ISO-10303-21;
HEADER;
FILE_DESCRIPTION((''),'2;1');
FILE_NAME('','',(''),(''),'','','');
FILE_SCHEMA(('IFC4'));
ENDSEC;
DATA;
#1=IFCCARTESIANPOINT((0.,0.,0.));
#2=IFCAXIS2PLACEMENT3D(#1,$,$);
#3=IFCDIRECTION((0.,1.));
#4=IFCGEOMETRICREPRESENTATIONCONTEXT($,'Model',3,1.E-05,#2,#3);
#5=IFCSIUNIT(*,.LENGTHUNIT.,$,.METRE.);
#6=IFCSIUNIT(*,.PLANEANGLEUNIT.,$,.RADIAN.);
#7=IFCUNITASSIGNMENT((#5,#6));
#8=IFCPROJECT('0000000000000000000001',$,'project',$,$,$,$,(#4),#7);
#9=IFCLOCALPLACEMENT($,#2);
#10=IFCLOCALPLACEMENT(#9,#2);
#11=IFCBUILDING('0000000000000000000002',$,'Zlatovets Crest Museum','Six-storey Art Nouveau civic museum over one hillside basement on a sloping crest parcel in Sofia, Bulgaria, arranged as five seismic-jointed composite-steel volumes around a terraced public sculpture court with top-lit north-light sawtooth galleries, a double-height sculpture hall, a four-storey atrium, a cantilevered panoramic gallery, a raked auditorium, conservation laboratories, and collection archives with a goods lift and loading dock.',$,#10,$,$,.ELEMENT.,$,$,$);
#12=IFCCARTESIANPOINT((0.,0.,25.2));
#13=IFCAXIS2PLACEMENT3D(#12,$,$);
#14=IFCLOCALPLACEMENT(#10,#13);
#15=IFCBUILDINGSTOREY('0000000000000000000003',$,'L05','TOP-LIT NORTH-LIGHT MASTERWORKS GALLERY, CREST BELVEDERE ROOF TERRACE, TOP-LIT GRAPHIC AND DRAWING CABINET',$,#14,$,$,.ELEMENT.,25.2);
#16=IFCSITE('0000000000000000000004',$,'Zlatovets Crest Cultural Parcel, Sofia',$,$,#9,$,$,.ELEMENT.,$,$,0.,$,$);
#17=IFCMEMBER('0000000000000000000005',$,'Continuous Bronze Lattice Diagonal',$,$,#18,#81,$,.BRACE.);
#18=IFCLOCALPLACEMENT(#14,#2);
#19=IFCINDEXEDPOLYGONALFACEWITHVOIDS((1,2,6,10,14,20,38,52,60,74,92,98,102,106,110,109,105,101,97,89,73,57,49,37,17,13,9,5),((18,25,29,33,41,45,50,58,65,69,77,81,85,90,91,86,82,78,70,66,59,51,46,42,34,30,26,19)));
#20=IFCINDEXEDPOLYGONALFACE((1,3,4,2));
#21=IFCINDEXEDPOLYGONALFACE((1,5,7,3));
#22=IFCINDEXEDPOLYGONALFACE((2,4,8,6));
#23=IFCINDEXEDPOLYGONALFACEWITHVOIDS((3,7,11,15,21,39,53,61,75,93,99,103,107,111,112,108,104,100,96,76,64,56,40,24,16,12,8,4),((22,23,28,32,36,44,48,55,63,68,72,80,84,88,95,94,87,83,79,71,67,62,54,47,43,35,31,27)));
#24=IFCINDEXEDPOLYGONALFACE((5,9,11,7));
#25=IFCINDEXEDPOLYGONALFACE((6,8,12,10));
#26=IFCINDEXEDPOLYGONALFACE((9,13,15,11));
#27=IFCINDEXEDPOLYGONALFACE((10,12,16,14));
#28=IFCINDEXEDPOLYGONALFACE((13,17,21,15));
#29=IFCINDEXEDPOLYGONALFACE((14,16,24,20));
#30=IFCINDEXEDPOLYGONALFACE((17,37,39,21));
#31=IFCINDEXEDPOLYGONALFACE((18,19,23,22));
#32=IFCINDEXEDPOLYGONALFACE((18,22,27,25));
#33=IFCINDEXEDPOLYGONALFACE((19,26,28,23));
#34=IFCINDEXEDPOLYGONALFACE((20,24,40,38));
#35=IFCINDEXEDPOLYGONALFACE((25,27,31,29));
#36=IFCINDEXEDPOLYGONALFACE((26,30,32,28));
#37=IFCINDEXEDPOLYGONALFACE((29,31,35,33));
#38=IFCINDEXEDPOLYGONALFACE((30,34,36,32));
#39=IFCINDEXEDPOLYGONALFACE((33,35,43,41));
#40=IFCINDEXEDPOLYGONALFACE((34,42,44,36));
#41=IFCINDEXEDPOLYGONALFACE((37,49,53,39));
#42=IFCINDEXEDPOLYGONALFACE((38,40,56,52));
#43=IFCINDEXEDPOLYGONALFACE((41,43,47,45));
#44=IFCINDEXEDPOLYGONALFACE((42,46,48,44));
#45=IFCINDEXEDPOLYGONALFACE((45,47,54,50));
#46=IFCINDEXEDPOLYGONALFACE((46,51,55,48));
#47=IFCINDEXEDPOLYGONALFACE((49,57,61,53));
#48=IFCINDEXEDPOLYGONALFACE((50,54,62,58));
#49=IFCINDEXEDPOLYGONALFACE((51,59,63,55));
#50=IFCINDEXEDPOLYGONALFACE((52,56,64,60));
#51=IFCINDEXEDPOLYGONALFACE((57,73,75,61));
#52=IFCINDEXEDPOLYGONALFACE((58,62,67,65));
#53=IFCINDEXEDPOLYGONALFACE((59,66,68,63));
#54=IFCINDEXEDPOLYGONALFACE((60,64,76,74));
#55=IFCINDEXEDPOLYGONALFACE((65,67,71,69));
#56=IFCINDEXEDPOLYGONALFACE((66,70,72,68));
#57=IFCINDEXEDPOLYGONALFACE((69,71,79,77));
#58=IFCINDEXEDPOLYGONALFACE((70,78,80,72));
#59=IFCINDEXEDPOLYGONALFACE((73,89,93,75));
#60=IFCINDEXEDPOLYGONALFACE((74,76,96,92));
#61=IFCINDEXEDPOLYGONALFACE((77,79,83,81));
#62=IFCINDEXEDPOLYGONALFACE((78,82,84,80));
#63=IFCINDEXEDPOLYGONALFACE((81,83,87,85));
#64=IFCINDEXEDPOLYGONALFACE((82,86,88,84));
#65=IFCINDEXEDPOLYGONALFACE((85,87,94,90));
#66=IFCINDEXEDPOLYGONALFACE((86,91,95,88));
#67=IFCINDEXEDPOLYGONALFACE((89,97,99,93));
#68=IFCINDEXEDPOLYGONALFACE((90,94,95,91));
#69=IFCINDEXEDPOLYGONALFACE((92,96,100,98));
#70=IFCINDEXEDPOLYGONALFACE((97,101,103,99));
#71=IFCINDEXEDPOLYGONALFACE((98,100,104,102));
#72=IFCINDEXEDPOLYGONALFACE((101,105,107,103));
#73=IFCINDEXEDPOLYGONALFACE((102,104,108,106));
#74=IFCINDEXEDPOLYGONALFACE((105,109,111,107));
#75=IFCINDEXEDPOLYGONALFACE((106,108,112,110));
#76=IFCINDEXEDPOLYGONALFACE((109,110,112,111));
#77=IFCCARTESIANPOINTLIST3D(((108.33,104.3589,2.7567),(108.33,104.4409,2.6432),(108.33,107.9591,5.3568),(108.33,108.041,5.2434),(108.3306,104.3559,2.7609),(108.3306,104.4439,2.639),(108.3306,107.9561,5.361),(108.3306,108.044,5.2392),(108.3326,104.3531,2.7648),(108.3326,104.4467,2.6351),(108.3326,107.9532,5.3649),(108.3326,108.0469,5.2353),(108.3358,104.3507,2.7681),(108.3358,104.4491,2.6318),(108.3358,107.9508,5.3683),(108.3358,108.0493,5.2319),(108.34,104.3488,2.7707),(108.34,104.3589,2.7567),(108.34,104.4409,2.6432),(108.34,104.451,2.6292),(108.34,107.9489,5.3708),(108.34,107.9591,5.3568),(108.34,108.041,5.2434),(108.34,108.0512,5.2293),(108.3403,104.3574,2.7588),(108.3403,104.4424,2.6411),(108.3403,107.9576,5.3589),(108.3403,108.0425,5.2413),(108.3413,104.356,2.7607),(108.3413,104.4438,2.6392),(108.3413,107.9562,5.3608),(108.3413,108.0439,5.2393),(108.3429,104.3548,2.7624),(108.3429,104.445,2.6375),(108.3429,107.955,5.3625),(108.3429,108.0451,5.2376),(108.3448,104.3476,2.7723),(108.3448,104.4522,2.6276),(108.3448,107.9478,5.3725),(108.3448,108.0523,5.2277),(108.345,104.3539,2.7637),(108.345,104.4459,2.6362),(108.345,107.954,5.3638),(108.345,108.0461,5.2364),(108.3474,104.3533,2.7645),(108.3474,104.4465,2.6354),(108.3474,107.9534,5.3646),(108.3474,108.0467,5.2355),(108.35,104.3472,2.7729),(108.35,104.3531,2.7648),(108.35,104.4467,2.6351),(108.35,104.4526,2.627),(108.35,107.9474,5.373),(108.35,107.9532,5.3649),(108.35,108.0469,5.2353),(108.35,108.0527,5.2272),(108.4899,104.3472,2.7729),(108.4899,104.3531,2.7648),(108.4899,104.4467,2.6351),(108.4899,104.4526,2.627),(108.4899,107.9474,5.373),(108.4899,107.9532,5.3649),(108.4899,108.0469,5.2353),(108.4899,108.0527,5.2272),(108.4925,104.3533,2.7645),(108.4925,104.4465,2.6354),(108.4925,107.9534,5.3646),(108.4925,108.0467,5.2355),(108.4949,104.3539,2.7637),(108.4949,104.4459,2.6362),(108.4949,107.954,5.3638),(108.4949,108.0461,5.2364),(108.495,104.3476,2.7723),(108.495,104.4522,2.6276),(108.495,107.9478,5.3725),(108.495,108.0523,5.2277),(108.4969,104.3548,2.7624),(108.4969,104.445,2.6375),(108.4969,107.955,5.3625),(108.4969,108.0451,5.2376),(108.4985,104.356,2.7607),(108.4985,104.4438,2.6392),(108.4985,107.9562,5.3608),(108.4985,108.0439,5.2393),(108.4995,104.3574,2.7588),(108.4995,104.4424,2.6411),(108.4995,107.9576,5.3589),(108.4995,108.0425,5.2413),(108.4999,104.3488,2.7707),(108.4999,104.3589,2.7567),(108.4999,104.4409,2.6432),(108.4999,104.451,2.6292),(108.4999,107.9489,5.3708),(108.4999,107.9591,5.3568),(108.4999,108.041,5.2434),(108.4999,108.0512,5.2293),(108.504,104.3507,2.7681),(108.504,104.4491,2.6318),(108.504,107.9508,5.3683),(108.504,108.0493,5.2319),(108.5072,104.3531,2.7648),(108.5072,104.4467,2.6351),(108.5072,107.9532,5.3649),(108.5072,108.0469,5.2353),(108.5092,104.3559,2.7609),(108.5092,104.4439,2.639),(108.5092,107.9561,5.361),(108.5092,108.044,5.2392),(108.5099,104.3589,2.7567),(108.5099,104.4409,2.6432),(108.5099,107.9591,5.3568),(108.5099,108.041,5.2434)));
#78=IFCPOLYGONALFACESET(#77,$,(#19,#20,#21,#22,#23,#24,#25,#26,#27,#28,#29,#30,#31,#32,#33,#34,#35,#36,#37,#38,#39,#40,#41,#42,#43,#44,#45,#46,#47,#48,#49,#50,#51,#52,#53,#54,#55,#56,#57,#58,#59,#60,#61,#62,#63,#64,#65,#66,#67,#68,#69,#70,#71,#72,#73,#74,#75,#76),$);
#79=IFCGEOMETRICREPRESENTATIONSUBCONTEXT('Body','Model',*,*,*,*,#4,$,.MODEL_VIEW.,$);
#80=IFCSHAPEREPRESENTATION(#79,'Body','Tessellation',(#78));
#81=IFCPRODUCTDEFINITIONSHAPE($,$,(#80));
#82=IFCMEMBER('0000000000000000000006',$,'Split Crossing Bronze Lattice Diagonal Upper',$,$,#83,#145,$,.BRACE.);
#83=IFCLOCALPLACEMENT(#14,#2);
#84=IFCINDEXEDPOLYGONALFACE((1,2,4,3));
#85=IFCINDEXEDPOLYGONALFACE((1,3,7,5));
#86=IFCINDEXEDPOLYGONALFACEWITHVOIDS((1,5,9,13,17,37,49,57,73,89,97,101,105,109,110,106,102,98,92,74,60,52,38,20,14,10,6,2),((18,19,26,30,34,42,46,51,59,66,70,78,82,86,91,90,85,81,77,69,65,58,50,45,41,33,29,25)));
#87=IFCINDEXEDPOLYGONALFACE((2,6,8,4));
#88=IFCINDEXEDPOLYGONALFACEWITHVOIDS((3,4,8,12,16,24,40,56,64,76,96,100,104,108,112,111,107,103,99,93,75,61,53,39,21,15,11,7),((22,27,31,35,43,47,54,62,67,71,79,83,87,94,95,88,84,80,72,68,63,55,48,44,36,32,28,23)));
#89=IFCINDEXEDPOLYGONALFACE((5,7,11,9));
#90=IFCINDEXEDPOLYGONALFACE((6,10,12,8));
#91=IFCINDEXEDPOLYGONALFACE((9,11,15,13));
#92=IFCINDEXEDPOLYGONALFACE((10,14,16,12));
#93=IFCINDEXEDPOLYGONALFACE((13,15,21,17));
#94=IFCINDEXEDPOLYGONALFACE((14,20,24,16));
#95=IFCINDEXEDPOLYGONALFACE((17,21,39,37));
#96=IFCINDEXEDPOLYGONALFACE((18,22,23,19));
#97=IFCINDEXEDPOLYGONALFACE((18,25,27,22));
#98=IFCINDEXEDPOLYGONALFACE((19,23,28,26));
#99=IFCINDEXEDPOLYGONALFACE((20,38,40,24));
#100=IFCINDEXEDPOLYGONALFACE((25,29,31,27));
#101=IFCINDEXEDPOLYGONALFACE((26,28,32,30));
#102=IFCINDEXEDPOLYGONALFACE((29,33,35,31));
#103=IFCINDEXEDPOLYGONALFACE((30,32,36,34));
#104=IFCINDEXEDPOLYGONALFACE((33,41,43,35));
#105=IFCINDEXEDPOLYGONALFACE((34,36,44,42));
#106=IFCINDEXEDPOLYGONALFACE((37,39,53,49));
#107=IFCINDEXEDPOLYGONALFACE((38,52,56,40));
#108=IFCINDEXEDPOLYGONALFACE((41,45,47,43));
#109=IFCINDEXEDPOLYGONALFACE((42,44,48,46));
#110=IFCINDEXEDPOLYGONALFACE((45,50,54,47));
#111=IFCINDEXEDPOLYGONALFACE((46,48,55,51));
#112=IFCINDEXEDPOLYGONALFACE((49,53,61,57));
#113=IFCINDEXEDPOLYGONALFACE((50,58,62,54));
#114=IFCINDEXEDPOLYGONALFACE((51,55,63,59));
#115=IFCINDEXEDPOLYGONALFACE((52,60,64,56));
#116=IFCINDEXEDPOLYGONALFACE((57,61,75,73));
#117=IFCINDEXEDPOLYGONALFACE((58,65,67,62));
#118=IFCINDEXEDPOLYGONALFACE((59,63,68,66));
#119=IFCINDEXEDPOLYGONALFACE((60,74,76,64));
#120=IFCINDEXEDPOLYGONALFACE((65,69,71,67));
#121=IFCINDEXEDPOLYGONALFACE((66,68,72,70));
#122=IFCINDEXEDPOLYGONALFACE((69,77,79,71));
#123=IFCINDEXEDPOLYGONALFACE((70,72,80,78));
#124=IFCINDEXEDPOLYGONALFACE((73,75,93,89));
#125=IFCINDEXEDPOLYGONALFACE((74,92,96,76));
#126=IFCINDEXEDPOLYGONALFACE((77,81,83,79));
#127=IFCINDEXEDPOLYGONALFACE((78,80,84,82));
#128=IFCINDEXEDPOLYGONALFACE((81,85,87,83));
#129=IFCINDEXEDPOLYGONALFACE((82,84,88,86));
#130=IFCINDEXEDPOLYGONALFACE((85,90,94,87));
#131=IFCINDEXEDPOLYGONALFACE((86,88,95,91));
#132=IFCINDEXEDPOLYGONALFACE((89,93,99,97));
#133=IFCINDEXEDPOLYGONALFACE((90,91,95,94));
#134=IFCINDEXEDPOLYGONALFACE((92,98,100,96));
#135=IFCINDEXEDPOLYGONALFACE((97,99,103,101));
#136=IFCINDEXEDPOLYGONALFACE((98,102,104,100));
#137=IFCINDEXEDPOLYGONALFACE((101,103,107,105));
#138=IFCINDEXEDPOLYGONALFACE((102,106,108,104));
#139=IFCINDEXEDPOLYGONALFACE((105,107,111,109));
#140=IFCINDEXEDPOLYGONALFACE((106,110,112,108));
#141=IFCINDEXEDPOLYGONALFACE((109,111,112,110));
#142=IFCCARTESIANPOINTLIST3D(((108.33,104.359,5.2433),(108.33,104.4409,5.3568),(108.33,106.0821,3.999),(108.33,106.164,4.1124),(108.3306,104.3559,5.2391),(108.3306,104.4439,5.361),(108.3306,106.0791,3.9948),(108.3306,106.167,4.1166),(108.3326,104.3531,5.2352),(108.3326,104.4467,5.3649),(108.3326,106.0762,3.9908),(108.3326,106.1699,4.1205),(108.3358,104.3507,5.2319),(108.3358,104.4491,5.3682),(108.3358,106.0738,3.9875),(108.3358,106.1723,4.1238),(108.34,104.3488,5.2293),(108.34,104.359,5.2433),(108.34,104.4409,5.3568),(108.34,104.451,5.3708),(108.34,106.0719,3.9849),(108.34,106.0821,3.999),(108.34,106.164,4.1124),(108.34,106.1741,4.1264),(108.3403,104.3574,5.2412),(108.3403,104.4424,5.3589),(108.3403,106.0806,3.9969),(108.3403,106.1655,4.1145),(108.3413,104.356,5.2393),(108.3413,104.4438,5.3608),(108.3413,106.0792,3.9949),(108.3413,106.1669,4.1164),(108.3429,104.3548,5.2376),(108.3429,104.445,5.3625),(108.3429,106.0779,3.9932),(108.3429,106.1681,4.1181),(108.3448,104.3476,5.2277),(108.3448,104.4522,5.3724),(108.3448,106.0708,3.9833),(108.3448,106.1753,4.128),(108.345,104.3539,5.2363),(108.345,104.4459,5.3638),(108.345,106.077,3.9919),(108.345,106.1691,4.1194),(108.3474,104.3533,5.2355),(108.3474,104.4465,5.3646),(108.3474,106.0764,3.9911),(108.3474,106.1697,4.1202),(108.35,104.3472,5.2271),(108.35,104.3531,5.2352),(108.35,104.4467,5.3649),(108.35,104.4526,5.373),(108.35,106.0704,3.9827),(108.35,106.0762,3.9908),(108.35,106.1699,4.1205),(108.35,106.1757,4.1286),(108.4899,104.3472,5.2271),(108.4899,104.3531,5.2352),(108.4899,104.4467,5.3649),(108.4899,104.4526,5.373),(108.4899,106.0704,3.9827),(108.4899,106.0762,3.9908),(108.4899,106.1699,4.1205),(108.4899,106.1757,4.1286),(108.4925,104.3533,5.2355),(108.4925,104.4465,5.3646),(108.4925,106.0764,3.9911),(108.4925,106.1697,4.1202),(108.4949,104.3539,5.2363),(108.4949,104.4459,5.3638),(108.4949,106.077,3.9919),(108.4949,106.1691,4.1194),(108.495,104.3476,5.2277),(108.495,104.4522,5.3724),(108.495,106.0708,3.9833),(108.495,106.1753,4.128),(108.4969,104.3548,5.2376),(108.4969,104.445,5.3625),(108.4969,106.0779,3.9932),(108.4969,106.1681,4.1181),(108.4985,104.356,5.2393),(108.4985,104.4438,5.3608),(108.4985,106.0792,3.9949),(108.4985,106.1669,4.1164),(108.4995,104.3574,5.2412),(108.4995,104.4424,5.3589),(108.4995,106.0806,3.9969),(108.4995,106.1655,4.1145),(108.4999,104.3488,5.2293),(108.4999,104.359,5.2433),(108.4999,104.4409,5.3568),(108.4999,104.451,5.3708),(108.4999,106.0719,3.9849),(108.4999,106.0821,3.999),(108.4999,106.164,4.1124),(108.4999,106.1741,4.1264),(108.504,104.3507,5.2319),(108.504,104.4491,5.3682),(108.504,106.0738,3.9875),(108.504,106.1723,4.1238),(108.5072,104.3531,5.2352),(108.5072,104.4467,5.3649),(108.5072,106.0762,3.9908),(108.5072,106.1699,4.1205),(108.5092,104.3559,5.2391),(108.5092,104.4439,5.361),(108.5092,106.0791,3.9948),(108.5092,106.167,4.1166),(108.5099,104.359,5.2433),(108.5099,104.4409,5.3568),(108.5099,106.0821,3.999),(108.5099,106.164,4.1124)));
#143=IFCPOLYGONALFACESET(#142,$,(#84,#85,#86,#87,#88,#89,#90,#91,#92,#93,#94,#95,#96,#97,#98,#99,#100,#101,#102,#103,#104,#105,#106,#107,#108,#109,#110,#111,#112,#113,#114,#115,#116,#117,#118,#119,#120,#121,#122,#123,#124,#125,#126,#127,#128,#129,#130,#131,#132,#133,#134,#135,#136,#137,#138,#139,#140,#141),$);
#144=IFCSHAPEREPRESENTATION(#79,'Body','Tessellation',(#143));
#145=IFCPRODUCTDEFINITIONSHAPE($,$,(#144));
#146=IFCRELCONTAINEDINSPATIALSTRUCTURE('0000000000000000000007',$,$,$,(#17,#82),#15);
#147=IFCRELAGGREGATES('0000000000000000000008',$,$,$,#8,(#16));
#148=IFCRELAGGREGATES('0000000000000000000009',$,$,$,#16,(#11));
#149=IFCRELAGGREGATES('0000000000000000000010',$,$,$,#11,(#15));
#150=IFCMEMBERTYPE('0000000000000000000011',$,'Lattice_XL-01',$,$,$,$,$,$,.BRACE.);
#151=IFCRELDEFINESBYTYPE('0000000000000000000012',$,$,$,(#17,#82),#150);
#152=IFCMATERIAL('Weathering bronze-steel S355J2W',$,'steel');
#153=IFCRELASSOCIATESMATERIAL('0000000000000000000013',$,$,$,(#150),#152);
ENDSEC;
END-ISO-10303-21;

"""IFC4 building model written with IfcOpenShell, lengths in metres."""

from ifc_helpers import new_model, si_unit, direction, frame, origin, origin_2d, place, context, subcontext, project, spatial, hollow_rectangle, extrude, material, material_profile, profile_set, type_object, element, save


model = new_model("IFC4")

# Units and contexts
model_context = context("Model", 3, precision=1e-05, world=origin(), true_north=direction((0.0, 1.0)))
body_context = subcontext(model_context, "Body", "Model", "MODEL_VIEW")
ifc_project = project(units=[si_unit("LENGTHUNIT", "METRE"), si_unit("PLANEANGLEUNIT", "RADIAN")], contexts=[model_context])

# Site, building, storey
site_placement = place(None, origin())
site = spatial("IfcSite", under=ifc_project, at=site_placement, Name="Zlatovets Crest Cultural Parcel, Sofia", CompositionType="ELEMENT", RefElevation=0.0)
building_placement = place(site_placement, origin())
building = spatial("IfcBuilding", under=site, at=building_placement, Name="Zlatovets Crest Museum", Description="Six-storey Art Nouveau civic museum over one hillside basement on a sloping crest parcel in Sofia, Bulgaria, arranged as five seismic-jointed composite-steel volumes around a terraced public sculpture court with top-lit north-light sawtooth galleries, a double-height sculpture hall, a four-storey atrium, a cantilevered panoramic gallery, a raked auditorium, conservation laboratories, and collection archives with a goods lift and loading dock.", CompositionType="ELEMENT")
storey_placement = place(building_placement, frame((0.0, 0.0, 25.2)))
storey = spatial("IfcBuildingStorey", under=building, at=storey_placement, Name="L05", Description="TOP-LIT NORTH-LIGHT MASTERWORKS GALLERY, CREST BELVEDERE ROOF TERRACE, TOP-LIT GRAPHIC AND DRAWING CABINET", CompositionType="ELEMENT", Elevation=25.2)

# Members
ifc_material_1 = material(Name="Weathering bronze-steel S355J2W", Category="steel")
ifc_material_profile_1 = material_profile(ifc_material_1, hollow_rectangle(XDim=0.1799, YDim=0.1799, WallThickness=0.01, InnerFilletRadius=0.01, OuterFilletRadius=0.02, at=origin_2d()), Name="SHS 180x180x10.0")
ifc_profile_set_1 = profile_set([ifc_material_profile_1], Name="Weathering bronze-steel S355J2W")
member_type_1 = type_object("IfcMemberType", Name="Lattice_XL-01", PredefinedType="BRACE", material=ifc_profile_set_1)
member_1_placement = place(storey_placement, frame((108.4199, 104.3999, 2.7), z_axis=(0.0, 0.810676, 0.585495), x_axis=(-1.0, 0.0, 0.0)))
element("IfcMember", 1, at=member_1_placement, inside=storey, type_object=member_type_1, Name="Continuous Bronze Lattice Diagonal", PredefinedType="BRACE", context=body_context, shape_type="SweptSolid", body=[
    extrude(hollow_rectangle(XDim=0.1799, YDim=0.1799, WallThickness=0.01, InnerFilletRadius=0.01, OuterFilletRadius=0.02, at=origin_2d()), origin(), (0.0, 0.0, 1.0), 4.4409),
])
member_2_placement = place(storey_placement, frame((108.4199, 104.3999, 5.3), z_axis=(0.0, 0.810703, -0.585457), x_axis=(-1.0, 0.0, 0.0)))
element("IfcMember", 2, at=member_2_placement, inside=storey, type_object=member_type_1, Name="Split Crossing Bronze Lattice Diagonal Upper", PredefinedType="BRACE", context=body_context, shape_type="SweptSolid", body=[
    extrude(hollow_rectangle(XDim=0.1799, YDim=0.1799, WallThickness=0.01, InnerFilletRadius=0.01, OuterFilletRadius=0.02, at=origin_2d()), origin(), (0.0, 0.0, 1.0), 2.1255),
])

save(model, "model.ifc")
